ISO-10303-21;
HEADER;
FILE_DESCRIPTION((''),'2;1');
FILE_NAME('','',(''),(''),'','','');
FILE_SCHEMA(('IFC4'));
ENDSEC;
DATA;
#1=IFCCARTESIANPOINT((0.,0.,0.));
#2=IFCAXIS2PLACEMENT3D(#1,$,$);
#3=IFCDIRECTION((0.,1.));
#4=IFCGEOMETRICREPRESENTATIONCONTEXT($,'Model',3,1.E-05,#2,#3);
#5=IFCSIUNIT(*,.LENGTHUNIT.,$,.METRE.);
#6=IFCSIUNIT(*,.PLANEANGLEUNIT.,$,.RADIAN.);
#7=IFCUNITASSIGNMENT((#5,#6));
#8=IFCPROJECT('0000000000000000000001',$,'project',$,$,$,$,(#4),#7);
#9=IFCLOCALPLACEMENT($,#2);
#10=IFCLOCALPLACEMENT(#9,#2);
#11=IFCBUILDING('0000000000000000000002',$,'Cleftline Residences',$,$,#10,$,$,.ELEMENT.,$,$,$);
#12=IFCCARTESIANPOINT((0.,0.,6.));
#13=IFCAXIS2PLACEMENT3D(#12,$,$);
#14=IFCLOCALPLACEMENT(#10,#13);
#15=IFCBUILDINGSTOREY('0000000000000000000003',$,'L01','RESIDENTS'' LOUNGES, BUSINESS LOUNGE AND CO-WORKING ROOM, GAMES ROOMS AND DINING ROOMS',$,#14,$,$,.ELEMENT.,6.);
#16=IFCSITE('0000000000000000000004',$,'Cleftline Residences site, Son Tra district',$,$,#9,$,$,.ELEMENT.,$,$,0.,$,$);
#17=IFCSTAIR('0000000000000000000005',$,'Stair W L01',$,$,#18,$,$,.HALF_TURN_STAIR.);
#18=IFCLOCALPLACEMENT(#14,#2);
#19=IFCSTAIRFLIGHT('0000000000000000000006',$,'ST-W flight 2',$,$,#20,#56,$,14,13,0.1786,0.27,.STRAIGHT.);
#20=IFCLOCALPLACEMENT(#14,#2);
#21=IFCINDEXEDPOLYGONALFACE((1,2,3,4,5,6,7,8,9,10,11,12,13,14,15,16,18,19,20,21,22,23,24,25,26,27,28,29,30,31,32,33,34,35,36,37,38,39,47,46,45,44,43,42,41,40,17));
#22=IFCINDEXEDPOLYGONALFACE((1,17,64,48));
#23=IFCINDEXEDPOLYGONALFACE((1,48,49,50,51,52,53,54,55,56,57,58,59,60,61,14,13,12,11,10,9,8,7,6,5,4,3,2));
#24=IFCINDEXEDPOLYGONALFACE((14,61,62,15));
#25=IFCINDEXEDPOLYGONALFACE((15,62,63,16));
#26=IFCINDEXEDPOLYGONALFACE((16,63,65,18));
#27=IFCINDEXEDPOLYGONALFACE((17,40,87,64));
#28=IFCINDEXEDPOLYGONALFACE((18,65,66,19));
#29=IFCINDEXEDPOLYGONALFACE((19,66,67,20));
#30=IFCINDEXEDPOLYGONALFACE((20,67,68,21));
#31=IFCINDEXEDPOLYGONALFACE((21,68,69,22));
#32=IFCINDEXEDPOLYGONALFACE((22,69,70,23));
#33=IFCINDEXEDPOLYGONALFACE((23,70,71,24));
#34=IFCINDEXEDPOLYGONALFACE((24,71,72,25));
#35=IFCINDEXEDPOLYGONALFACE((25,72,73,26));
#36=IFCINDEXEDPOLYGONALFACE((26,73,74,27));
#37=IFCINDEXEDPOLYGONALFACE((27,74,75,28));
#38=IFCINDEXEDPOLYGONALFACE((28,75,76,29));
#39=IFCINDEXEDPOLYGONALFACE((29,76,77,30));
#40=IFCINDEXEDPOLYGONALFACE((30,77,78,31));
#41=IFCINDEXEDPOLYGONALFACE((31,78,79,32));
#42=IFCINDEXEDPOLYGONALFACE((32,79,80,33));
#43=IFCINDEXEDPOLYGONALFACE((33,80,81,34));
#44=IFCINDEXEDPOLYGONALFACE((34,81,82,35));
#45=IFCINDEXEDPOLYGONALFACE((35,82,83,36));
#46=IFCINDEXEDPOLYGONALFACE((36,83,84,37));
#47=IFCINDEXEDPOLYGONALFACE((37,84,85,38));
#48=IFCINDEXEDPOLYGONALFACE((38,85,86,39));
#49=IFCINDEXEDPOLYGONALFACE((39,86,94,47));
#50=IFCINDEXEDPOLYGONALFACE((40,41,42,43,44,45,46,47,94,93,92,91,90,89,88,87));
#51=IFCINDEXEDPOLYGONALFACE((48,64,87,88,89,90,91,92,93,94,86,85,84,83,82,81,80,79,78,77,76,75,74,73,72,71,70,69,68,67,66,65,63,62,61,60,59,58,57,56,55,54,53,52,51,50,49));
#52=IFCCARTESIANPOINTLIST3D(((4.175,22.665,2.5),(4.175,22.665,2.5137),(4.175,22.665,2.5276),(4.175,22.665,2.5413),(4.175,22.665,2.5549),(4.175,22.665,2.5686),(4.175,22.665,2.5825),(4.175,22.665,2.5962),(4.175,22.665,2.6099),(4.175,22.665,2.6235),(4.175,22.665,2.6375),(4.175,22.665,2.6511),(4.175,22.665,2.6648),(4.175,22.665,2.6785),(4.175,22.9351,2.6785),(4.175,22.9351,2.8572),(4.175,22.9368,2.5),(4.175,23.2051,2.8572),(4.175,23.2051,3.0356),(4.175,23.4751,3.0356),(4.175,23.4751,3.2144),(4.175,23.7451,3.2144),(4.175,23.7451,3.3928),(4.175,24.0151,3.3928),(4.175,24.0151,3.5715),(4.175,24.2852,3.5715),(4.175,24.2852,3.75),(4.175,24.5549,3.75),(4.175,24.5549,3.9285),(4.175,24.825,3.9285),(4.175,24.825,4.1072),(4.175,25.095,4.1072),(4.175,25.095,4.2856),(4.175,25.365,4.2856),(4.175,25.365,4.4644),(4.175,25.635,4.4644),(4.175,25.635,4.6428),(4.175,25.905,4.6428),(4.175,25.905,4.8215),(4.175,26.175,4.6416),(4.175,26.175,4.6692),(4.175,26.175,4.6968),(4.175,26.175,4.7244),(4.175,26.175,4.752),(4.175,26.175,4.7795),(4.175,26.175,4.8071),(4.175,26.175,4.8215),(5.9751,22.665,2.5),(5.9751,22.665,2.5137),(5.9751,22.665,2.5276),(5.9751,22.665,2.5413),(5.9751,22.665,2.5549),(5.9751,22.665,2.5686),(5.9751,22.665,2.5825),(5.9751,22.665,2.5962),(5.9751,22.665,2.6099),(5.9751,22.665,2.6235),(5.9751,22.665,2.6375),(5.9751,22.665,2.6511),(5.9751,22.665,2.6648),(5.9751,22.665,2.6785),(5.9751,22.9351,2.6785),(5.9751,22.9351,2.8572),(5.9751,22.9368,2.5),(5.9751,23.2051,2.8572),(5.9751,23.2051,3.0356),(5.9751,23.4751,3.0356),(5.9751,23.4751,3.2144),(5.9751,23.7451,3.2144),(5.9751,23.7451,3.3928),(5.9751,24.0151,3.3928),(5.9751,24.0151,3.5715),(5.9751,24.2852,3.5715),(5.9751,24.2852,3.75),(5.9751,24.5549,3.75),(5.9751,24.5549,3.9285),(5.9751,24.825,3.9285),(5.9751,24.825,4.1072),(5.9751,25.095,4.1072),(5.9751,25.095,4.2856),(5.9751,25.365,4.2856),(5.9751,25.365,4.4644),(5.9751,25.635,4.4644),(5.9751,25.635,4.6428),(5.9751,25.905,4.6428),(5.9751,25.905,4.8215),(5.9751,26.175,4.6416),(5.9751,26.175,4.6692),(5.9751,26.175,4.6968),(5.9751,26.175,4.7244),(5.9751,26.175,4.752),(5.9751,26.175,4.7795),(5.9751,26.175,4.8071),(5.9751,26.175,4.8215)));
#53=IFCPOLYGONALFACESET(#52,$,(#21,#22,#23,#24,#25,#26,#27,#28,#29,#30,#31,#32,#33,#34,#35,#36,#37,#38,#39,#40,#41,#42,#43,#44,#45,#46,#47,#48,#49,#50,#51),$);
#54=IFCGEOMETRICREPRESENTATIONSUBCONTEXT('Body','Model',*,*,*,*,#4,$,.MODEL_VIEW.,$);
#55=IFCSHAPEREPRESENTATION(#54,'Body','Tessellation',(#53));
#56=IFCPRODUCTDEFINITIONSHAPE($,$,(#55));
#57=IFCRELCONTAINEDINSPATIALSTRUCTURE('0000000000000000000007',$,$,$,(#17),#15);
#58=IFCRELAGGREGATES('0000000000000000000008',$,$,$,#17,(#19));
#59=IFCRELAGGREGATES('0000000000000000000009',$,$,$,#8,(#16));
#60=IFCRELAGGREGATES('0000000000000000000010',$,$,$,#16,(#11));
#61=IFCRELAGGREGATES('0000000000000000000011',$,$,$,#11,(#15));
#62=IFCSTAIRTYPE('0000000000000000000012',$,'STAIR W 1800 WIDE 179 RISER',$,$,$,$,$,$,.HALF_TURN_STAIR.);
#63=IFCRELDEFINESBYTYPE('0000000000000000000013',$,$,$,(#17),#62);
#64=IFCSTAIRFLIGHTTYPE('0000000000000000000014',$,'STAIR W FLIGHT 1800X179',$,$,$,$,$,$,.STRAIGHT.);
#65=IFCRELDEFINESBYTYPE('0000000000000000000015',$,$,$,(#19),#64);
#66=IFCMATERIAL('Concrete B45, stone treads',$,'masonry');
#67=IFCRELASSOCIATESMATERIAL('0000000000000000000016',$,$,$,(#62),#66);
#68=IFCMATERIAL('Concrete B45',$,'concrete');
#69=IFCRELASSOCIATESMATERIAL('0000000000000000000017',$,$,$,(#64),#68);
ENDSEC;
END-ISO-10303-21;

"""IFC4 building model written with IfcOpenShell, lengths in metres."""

from ifc_helpers import new_model, si_unit, direction, frame, origin, place, context, subcontext, project, spatial, polyline, outline, extrude, material, type_object, element, aggregate, save


model = new_model("IFC4")

# Units and contexts
model_context = context("Model", 3, precision=1e-05, world=origin(), true_north=direction((0.0, 1.0)))
body_context = subcontext(model_context, "Body", "Model", "MODEL_VIEW")
ifc_project = project(units=[si_unit("LENGTHUNIT", "METRE"), si_unit("PLANEANGLEUNIT", "RADIAN")], contexts=[model_context])

# Site, building, storey
site_placement = place(None, origin())
site = spatial("IfcSite", under=ifc_project, at=site_placement, Name="Cleftline Residences site, Son Tra district", CompositionType="ELEMENT", RefElevation=0.0)
building_placement = place(site_placement, origin())
building = spatial("IfcBuilding", under=site, at=building_placement, Name="Cleftline Residences", CompositionType="ELEMENT")
storey_placement = place(building_placement, frame((0.0, 0.0, 6.0)))
storey = spatial("IfcBuildingStorey", under=building, at=storey_placement, Name="L01", Description="RESIDENTS' LOUNGES, BUSINESS LOUNGE AND CO-WORKING ROOM, GAMES ROOMS AND DINING ROOMS", CompositionType="ELEMENT", Elevation=6.0)

# Stair, stair flight
ifc_material_1 = material(Name="Concrete B45, stone treads", Category="masonry")
stair_type = type_object("IfcStairType", Name="STAIR W 1800 WIDE 179 RISER", PredefinedType="HALF_TURN_STAIR", material=ifc_material_1)
stair_placement = place(storey_placement, origin())
stair = element("IfcStair", 1, at=stair_placement, inside=storey, type_object=stair_type, Name="Stair W L01", PredefinedType="HALF_TURN_STAIR")
ifc_material_2 = material(Name="Concrete B45", Category="concrete")
stair_flight_type = type_object("IfcStairFlightType", Name="STAIR W FLIGHT 1800X179", PredefinedType="STRAIGHT", material=ifc_material_2)
stair_flight_1_placement = place(storey_placement, frame((5.075, 22.665, 2.5), z_axis=(0.0, 0.0, 1.0), x_axis=(0.0, 1.0, 0.0)))
stair_flight_1 = element("IfcStairFlight", 2, at=stair_flight_1_placement, type_object=stair_flight_type, Name="ST-W flight 2", NumberOfRisers=14, NumberOfTreads=13, PredefinedType="STRAIGHT", RiserHeight=0.1786, TreadLength=0.27, context=body_context, shape_type="SweptSolid", body=[
    extrude(outline(polyline([(0.0, 0.0), (0.0, 0.0137), (0.0, 0.0276), (0.0, 0.0413), (0.0, 0.0549), (0.0, 0.0686), (0.0, 0.0825), (0.0, 0.0962), (0.0, 0.1099), (0.0, 0.1235), (0.0, 0.1375), (0.0, 0.1511), (0.0, 0.1648), (0.0, 0.1785), (0.27, 0.1785), (0.27, 0.3572), (0.54, 0.3572), (0.54, 0.5356), (0.8101, 0.5356), (0.8101, 0.7144), (1.0801, 0.7144), (1.0801, 0.8928), (1.3501, 0.8928), (1.3501, 1.0715), (1.6201, 1.0715), (1.6201, 1.25), (1.8899, 1.25), (1.8899, 1.4285), (2.1599, 1.4285), (2.1599, 1.6072), (2.4299, 1.6072), (2.4299, 1.7856), (2.7, 1.7856), (2.7, 1.9644), (2.97, 1.9644), (2.97, 2.1428), (3.24, 2.1428), (3.24, 2.3215), (3.51, 2.3215), (3.51, 2.5), (3.51, 2.4724), (3.51, 2.4448), (3.51, 2.4172), (3.51, 2.3896), (3.51, 2.3623), (3.51, 2.3347), (3.51, 2.3071), (3.51, 2.2795), (3.51, 2.252), (3.51, 2.2244), (3.51, 2.1968), (3.51, 2.1692), (3.51, 2.1416), (0.2717, 0.0), (0.0, 0.0)])), frame((0.0, 0.8999, 0.0), z_axis=(0.0, -1.0, 0.0), x_axis=(1.0, 0.0, 0.0)), (0.0, 0.0, 1.0), 1.8),
])
aggregate(stair, [stair_flight_1])

save(model, "model.ifc")
